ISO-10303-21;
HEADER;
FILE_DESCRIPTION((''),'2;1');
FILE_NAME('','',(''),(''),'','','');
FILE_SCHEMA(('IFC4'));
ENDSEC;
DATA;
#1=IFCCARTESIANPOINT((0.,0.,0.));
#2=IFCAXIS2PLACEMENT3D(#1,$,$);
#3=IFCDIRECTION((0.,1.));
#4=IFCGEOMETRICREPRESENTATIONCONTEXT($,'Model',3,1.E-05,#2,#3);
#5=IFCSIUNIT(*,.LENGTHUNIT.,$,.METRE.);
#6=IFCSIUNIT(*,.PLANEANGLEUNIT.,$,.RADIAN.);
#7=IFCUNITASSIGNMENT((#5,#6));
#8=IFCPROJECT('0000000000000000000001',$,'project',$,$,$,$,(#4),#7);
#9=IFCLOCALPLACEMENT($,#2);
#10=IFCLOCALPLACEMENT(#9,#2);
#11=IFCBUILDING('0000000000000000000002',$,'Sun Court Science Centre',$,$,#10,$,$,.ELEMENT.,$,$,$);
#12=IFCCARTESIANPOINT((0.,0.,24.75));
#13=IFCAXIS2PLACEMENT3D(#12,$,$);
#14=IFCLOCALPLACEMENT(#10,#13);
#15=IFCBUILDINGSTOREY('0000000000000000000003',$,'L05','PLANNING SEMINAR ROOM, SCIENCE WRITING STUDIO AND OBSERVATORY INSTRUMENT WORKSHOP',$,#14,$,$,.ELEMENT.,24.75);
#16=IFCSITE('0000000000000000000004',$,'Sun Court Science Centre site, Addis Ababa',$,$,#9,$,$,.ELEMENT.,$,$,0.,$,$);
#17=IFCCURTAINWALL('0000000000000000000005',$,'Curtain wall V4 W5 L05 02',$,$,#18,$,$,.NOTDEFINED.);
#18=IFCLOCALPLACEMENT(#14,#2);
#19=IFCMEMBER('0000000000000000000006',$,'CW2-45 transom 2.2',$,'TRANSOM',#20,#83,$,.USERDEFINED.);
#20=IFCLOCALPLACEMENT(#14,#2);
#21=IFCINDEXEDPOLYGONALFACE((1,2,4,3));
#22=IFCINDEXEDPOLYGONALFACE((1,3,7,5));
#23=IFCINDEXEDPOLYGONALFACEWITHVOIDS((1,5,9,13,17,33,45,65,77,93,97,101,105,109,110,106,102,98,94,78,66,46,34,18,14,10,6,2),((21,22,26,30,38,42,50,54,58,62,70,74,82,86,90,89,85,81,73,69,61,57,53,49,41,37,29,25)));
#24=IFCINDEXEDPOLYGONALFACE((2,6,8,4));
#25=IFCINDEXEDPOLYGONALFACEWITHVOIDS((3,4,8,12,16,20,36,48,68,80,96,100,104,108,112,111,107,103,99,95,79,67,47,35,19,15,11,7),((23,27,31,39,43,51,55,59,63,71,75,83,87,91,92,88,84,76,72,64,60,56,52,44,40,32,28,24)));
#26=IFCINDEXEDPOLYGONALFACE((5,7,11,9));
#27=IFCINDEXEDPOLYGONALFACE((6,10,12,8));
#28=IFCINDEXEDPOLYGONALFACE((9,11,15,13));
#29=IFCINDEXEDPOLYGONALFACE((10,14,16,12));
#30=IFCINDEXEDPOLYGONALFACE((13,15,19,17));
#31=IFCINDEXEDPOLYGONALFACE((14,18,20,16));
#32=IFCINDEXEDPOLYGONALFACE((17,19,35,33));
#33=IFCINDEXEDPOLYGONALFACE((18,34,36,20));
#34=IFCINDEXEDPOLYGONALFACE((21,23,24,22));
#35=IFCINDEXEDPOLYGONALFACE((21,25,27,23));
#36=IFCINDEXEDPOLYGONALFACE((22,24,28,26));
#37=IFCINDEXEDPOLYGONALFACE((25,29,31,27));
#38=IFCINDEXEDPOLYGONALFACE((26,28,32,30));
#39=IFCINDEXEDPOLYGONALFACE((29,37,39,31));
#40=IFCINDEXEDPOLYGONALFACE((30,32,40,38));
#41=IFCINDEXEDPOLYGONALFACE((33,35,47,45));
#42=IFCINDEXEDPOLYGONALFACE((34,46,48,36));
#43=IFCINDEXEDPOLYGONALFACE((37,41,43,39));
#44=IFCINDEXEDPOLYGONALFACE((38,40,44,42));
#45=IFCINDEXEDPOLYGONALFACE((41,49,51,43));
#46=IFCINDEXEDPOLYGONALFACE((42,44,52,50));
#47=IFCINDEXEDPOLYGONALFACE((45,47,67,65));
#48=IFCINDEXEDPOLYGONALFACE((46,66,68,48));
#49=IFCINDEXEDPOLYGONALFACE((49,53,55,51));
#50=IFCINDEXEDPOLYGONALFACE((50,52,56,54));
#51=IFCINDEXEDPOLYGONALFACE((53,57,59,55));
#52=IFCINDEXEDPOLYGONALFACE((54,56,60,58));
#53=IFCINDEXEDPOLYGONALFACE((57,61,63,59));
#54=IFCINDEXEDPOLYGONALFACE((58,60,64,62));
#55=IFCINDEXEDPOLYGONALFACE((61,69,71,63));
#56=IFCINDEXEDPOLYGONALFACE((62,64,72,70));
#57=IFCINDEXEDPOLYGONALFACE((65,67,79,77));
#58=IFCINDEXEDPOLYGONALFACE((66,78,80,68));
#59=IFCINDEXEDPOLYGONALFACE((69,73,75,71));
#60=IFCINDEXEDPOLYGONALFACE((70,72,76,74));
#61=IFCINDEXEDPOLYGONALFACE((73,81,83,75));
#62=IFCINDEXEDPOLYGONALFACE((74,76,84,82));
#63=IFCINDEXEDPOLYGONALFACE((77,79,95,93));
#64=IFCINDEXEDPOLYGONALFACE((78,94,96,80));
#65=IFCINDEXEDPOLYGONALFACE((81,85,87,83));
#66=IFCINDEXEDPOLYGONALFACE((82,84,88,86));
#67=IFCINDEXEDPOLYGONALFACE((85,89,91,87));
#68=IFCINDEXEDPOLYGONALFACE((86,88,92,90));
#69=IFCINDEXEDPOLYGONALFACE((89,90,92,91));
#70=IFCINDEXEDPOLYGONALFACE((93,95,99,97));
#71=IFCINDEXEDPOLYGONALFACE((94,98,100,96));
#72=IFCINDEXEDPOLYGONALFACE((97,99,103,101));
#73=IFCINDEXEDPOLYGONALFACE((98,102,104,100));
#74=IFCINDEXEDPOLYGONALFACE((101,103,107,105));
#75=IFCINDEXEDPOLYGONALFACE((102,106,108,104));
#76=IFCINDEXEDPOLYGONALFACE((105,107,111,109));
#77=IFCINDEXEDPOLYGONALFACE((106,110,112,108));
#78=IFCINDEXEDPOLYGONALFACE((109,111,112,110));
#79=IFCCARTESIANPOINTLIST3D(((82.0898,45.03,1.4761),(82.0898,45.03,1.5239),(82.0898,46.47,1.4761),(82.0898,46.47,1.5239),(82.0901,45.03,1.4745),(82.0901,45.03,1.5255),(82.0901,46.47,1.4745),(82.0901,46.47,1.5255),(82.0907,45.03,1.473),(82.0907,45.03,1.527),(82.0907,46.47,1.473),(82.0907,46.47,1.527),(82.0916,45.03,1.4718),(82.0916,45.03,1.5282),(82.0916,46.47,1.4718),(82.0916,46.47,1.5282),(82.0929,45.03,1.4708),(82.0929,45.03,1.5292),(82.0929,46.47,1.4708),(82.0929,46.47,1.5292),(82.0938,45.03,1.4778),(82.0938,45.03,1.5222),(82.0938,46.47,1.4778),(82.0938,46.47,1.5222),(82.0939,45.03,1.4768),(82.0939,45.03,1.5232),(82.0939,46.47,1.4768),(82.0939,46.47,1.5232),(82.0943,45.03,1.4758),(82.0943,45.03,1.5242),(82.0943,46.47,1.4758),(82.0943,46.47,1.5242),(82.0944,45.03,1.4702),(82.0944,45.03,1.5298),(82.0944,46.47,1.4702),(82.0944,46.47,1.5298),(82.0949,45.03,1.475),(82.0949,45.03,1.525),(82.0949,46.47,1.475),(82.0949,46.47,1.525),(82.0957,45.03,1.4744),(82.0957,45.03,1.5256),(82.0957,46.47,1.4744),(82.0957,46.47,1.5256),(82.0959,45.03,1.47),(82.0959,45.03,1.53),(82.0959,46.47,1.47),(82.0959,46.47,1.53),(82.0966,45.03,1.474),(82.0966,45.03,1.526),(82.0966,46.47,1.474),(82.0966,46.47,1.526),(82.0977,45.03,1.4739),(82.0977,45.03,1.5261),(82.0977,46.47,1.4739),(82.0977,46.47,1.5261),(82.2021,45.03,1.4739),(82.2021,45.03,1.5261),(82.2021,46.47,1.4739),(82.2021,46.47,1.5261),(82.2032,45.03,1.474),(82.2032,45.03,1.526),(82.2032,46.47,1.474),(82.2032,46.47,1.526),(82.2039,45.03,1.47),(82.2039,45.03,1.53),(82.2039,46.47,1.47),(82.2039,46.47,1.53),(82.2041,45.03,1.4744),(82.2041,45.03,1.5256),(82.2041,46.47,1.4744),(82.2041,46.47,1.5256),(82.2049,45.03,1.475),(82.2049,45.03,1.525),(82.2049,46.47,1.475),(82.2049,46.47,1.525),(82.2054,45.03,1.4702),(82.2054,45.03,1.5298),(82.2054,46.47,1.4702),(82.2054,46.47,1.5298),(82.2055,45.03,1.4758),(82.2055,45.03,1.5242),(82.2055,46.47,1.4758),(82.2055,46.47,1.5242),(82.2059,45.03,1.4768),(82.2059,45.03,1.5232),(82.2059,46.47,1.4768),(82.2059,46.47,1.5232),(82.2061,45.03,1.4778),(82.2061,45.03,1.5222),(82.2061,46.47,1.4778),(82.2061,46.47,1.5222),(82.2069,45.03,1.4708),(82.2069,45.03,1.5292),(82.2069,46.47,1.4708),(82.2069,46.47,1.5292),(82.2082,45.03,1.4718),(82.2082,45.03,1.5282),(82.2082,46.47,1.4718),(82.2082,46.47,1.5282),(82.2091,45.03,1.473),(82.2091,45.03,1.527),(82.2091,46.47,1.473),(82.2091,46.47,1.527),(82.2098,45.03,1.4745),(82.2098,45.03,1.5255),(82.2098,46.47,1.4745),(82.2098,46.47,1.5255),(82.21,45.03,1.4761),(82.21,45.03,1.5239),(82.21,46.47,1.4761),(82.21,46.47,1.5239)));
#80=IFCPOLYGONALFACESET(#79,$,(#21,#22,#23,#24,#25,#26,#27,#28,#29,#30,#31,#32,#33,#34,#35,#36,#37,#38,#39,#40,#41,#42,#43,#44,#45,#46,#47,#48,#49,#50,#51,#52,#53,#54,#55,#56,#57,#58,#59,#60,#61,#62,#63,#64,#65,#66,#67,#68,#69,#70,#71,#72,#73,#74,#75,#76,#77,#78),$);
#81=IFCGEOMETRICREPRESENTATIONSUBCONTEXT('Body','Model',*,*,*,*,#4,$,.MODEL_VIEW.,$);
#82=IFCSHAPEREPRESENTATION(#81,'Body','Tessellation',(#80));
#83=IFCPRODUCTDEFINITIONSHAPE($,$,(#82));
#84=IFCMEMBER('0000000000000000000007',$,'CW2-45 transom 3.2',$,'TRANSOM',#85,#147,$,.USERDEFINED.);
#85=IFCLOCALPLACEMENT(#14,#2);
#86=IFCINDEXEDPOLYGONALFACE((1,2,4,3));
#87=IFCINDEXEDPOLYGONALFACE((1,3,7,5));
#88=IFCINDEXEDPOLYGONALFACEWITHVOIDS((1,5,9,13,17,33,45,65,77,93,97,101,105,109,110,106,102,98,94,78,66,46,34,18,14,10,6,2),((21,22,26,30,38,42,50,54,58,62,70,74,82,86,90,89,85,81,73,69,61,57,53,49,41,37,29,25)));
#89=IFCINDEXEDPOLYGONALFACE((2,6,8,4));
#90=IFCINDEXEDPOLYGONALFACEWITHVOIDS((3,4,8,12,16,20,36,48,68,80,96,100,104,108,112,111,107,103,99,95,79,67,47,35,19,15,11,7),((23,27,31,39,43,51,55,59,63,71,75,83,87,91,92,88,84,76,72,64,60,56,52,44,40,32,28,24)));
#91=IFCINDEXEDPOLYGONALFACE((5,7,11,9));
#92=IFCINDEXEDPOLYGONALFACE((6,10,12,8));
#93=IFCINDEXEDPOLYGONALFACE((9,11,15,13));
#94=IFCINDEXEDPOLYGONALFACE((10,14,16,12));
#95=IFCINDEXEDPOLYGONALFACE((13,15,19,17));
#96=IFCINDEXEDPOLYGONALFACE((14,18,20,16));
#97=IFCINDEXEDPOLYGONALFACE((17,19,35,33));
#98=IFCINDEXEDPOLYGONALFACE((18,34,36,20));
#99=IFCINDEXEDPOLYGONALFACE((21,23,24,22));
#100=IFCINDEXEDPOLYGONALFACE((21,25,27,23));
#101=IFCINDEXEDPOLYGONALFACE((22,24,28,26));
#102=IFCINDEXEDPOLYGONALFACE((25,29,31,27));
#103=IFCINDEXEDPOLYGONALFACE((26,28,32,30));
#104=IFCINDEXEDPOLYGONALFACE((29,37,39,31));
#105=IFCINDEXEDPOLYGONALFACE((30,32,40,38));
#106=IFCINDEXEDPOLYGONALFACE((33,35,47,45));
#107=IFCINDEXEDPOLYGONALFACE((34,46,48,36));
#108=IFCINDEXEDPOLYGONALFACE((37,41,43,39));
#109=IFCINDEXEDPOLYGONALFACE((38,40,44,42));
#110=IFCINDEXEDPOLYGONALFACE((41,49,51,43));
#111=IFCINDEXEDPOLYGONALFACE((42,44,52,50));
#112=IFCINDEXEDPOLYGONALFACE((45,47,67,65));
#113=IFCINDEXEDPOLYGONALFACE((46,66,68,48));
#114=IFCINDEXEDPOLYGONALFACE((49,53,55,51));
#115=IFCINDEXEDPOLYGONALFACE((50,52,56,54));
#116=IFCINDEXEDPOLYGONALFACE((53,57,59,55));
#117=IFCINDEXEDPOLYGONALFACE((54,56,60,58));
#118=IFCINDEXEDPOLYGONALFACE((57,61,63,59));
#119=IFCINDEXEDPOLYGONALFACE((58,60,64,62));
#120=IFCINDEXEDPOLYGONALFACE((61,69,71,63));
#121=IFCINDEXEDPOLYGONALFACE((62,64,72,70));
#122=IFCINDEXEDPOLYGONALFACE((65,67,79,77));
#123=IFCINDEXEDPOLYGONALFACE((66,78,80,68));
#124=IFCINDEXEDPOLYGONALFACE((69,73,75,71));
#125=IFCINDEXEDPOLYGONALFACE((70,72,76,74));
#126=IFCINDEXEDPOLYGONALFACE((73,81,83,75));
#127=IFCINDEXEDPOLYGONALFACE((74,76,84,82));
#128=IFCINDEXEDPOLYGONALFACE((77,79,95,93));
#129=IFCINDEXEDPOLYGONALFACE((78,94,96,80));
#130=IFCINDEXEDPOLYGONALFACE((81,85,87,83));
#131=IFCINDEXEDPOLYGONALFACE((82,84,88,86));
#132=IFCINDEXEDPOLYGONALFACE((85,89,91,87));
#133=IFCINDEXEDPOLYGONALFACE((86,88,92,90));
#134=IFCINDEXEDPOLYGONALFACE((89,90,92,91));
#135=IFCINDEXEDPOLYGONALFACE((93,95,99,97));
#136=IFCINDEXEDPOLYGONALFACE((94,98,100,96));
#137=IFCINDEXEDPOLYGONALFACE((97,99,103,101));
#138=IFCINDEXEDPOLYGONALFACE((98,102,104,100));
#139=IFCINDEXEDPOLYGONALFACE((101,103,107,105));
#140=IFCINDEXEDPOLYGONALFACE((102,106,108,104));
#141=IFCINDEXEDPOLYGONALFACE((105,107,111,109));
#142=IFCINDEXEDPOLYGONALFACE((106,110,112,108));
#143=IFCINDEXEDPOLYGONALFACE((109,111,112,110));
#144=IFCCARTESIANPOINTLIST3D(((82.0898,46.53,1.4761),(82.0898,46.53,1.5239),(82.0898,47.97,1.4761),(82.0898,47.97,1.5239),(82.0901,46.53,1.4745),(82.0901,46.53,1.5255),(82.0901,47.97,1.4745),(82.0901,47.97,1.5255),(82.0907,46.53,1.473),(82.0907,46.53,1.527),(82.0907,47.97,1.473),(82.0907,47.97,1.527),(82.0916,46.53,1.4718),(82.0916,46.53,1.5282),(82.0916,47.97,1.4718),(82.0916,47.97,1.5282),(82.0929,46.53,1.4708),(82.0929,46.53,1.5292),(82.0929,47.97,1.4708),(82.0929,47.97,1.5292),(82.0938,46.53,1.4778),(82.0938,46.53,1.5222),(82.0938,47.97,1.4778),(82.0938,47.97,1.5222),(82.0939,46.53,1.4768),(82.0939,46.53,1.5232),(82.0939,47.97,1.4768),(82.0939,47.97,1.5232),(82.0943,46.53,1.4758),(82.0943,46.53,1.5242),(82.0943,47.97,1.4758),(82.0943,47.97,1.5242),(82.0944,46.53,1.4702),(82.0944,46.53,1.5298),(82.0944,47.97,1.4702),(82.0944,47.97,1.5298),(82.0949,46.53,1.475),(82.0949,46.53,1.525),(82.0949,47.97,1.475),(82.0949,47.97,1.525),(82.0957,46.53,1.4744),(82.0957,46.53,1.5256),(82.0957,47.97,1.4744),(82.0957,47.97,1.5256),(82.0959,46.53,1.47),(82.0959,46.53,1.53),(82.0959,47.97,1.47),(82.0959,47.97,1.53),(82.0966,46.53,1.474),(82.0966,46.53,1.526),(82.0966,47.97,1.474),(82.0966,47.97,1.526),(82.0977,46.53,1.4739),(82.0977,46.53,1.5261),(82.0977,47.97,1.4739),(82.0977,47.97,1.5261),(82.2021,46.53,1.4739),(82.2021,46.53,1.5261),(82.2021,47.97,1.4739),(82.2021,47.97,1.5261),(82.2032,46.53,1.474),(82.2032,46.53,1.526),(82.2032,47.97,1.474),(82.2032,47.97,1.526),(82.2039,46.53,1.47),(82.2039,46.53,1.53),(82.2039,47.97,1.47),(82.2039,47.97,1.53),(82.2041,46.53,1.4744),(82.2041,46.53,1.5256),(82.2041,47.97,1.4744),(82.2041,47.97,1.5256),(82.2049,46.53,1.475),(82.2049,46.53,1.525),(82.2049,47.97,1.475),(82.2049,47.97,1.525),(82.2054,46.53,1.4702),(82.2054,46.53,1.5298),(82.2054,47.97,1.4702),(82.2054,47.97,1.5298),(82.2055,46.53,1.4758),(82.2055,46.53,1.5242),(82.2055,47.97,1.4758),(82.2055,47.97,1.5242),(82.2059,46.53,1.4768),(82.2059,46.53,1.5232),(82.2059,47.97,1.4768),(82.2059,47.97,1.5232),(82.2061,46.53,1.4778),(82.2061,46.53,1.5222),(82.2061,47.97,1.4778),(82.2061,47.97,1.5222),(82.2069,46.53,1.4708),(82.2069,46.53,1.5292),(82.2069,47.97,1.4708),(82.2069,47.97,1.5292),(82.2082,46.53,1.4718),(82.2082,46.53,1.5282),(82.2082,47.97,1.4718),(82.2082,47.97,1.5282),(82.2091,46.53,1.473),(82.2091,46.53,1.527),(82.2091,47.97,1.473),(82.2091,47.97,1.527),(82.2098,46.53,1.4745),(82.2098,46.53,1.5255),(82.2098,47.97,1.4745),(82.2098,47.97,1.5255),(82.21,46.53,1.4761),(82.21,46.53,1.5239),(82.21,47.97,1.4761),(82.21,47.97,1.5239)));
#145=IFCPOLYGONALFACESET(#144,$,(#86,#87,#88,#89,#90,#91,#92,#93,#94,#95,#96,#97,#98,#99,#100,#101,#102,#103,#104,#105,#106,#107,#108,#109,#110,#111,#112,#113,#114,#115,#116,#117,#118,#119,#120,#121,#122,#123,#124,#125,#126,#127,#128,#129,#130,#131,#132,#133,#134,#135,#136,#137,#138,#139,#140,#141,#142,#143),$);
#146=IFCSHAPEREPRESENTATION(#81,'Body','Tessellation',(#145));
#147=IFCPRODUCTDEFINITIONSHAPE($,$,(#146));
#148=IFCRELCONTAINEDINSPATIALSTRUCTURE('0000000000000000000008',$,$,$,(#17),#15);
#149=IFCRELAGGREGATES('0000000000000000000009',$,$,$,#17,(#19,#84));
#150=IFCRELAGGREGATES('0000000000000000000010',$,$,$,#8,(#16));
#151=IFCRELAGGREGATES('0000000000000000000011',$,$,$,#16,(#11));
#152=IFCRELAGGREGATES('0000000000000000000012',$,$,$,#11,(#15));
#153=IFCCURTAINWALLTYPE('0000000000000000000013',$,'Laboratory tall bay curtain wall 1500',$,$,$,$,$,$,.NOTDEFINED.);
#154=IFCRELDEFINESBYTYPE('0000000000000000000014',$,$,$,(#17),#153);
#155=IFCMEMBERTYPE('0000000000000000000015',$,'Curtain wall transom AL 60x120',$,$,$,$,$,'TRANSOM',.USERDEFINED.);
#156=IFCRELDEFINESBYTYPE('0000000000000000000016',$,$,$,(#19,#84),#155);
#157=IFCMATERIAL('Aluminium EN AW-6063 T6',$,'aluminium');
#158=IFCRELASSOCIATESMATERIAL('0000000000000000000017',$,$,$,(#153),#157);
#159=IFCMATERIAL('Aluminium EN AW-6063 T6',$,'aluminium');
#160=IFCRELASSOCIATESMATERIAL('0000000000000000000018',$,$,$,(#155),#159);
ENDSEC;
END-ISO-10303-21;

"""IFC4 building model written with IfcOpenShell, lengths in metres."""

from ifc_helpers import new_model, si_unit, direction, frame, origin, origin_2d, place, context, subcontext, project, spatial, hollow_rectangle, extrude, material, material_profile, profile_set, type_object, element, aggregate, save


model = new_model("IFC4")

# Units and contexts
model_context = context("Model", 3, precision=1e-05, world=origin(), true_north=direction((0.0, 1.0)))
body_context = subcontext(model_context, "Body", "Model", "MODEL_VIEW")
ifc_project = project(units=[si_unit("LENGTHUNIT", "METRE"), si_unit("PLANEANGLEUNIT", "RADIAN")], contexts=[model_context])

# Site, building, storey
site_placement = place(None, origin())
site = spatial("IfcSite", under=ifc_project, at=site_placement, Name="Sun Court Science Centre site, Addis Ababa", CompositionType="ELEMENT", RefElevation=0.0)
building_placement = place(site_placement, origin())
building = spatial("IfcBuilding", under=site, at=building_placement, Name="Sun Court Science Centre", CompositionType="ELEMENT")
storey_placement = place(building_placement, frame((0.0, 0.0, 24.75)))
storey = spatial("IfcBuildingStorey", under=building, at=storey_placement, Name="L05", Description="PLANNING SEMINAR ROOM, SCIENCE WRITING STUDIO AND OBSERVATORY INSTRUMENT WORKSHOP", CompositionType="ELEMENT", Elevation=24.75)

# Curtain wall, members
ifc_material_1 = material(Name="Aluminium EN AW-6063 T6", Category="aluminium")
curtain_wall_type = type_object("IfcCurtainWallType", Name="Laboratory tall bay curtain wall 1500", PredefinedType="NOTDEFINED", material=ifc_material_1)
curtain_wall_placement = place(storey_placement, origin())
curtain_wall = element("IfcCurtainWall", 1, at=curtain_wall_placement, inside=storey, type_object=curtain_wall_type, Name="Curtain wall V4 W5 L05 02", PredefinedType="NOTDEFINED")
ifc_material_2 = material(Name="Aluminium EN AW-6063 T6", Category="aluminium")
ifc_material_profile_1 = material_profile(ifc_material_2, hollow_rectangle(XDim=0.0601, YDim=0.1201, WallThickness=0.0039, InnerFilletRadius=0.0039, OuterFilletRadius=0.0061, at=origin_2d()), Name="AL 60x120x4")
ifc_profile_set_1 = profile_set([ifc_material_profile_1], Name="Aluminium EN AW-6063 T6")
member_type_1 = type_object("IfcMemberType", Name="Curtain wall transom AL 60x120", ElementType="TRANSOM", PredefinedType="USERDEFINED", material=ifc_profile_set_1)
member_1_placement = place(storey_placement, frame((82.1499, 45.03, 1.5), z_axis=(0.0, 1.0, 0.0), x_axis=(0.0, 0.0, 1.0)))
member_1 = element("IfcMember", 2, at=member_1_placement, type_object=member_type_1, Name="CW2-45 transom 2.2", ObjectType="TRANSOM", PredefinedType="USERDEFINED", context=body_context, shape_type="SweptSolid", body=[
    extrude(hollow_rectangle(XDim=0.0601, YDim=0.1201, WallThickness=0.0039, InnerFilletRadius=0.0039, OuterFilletRadius=0.0061, at=origin_2d()), origin(), (0.0, 0.0, 1.0), 1.4399),
])
member_2_placement = place(storey_placement, frame((82.1499, 46.53, 1.5), z_axis=(0.0, 1.0, 0.0), x_axis=(0.0, 0.0, 1.0)))
member_2 = element("IfcMember", 3, at=member_2_placement, type_object=member_type_1, Name="CW2-45 transom 3.2", ObjectType="TRANSOM", PredefinedType="USERDEFINED", context=body_context, shape_type="SweptSolid", body=[
    extrude(hollow_rectangle(XDim=0.0601, YDim=0.1201, WallThickness=0.0039, InnerFilletRadius=0.0039, OuterFilletRadius=0.0061, at=origin_2d()), origin(), (0.0, 0.0, 1.0), 1.4399),
])

aggregate(curtain_wall, [member_1, member_2])

save(model, "model.ifc")
